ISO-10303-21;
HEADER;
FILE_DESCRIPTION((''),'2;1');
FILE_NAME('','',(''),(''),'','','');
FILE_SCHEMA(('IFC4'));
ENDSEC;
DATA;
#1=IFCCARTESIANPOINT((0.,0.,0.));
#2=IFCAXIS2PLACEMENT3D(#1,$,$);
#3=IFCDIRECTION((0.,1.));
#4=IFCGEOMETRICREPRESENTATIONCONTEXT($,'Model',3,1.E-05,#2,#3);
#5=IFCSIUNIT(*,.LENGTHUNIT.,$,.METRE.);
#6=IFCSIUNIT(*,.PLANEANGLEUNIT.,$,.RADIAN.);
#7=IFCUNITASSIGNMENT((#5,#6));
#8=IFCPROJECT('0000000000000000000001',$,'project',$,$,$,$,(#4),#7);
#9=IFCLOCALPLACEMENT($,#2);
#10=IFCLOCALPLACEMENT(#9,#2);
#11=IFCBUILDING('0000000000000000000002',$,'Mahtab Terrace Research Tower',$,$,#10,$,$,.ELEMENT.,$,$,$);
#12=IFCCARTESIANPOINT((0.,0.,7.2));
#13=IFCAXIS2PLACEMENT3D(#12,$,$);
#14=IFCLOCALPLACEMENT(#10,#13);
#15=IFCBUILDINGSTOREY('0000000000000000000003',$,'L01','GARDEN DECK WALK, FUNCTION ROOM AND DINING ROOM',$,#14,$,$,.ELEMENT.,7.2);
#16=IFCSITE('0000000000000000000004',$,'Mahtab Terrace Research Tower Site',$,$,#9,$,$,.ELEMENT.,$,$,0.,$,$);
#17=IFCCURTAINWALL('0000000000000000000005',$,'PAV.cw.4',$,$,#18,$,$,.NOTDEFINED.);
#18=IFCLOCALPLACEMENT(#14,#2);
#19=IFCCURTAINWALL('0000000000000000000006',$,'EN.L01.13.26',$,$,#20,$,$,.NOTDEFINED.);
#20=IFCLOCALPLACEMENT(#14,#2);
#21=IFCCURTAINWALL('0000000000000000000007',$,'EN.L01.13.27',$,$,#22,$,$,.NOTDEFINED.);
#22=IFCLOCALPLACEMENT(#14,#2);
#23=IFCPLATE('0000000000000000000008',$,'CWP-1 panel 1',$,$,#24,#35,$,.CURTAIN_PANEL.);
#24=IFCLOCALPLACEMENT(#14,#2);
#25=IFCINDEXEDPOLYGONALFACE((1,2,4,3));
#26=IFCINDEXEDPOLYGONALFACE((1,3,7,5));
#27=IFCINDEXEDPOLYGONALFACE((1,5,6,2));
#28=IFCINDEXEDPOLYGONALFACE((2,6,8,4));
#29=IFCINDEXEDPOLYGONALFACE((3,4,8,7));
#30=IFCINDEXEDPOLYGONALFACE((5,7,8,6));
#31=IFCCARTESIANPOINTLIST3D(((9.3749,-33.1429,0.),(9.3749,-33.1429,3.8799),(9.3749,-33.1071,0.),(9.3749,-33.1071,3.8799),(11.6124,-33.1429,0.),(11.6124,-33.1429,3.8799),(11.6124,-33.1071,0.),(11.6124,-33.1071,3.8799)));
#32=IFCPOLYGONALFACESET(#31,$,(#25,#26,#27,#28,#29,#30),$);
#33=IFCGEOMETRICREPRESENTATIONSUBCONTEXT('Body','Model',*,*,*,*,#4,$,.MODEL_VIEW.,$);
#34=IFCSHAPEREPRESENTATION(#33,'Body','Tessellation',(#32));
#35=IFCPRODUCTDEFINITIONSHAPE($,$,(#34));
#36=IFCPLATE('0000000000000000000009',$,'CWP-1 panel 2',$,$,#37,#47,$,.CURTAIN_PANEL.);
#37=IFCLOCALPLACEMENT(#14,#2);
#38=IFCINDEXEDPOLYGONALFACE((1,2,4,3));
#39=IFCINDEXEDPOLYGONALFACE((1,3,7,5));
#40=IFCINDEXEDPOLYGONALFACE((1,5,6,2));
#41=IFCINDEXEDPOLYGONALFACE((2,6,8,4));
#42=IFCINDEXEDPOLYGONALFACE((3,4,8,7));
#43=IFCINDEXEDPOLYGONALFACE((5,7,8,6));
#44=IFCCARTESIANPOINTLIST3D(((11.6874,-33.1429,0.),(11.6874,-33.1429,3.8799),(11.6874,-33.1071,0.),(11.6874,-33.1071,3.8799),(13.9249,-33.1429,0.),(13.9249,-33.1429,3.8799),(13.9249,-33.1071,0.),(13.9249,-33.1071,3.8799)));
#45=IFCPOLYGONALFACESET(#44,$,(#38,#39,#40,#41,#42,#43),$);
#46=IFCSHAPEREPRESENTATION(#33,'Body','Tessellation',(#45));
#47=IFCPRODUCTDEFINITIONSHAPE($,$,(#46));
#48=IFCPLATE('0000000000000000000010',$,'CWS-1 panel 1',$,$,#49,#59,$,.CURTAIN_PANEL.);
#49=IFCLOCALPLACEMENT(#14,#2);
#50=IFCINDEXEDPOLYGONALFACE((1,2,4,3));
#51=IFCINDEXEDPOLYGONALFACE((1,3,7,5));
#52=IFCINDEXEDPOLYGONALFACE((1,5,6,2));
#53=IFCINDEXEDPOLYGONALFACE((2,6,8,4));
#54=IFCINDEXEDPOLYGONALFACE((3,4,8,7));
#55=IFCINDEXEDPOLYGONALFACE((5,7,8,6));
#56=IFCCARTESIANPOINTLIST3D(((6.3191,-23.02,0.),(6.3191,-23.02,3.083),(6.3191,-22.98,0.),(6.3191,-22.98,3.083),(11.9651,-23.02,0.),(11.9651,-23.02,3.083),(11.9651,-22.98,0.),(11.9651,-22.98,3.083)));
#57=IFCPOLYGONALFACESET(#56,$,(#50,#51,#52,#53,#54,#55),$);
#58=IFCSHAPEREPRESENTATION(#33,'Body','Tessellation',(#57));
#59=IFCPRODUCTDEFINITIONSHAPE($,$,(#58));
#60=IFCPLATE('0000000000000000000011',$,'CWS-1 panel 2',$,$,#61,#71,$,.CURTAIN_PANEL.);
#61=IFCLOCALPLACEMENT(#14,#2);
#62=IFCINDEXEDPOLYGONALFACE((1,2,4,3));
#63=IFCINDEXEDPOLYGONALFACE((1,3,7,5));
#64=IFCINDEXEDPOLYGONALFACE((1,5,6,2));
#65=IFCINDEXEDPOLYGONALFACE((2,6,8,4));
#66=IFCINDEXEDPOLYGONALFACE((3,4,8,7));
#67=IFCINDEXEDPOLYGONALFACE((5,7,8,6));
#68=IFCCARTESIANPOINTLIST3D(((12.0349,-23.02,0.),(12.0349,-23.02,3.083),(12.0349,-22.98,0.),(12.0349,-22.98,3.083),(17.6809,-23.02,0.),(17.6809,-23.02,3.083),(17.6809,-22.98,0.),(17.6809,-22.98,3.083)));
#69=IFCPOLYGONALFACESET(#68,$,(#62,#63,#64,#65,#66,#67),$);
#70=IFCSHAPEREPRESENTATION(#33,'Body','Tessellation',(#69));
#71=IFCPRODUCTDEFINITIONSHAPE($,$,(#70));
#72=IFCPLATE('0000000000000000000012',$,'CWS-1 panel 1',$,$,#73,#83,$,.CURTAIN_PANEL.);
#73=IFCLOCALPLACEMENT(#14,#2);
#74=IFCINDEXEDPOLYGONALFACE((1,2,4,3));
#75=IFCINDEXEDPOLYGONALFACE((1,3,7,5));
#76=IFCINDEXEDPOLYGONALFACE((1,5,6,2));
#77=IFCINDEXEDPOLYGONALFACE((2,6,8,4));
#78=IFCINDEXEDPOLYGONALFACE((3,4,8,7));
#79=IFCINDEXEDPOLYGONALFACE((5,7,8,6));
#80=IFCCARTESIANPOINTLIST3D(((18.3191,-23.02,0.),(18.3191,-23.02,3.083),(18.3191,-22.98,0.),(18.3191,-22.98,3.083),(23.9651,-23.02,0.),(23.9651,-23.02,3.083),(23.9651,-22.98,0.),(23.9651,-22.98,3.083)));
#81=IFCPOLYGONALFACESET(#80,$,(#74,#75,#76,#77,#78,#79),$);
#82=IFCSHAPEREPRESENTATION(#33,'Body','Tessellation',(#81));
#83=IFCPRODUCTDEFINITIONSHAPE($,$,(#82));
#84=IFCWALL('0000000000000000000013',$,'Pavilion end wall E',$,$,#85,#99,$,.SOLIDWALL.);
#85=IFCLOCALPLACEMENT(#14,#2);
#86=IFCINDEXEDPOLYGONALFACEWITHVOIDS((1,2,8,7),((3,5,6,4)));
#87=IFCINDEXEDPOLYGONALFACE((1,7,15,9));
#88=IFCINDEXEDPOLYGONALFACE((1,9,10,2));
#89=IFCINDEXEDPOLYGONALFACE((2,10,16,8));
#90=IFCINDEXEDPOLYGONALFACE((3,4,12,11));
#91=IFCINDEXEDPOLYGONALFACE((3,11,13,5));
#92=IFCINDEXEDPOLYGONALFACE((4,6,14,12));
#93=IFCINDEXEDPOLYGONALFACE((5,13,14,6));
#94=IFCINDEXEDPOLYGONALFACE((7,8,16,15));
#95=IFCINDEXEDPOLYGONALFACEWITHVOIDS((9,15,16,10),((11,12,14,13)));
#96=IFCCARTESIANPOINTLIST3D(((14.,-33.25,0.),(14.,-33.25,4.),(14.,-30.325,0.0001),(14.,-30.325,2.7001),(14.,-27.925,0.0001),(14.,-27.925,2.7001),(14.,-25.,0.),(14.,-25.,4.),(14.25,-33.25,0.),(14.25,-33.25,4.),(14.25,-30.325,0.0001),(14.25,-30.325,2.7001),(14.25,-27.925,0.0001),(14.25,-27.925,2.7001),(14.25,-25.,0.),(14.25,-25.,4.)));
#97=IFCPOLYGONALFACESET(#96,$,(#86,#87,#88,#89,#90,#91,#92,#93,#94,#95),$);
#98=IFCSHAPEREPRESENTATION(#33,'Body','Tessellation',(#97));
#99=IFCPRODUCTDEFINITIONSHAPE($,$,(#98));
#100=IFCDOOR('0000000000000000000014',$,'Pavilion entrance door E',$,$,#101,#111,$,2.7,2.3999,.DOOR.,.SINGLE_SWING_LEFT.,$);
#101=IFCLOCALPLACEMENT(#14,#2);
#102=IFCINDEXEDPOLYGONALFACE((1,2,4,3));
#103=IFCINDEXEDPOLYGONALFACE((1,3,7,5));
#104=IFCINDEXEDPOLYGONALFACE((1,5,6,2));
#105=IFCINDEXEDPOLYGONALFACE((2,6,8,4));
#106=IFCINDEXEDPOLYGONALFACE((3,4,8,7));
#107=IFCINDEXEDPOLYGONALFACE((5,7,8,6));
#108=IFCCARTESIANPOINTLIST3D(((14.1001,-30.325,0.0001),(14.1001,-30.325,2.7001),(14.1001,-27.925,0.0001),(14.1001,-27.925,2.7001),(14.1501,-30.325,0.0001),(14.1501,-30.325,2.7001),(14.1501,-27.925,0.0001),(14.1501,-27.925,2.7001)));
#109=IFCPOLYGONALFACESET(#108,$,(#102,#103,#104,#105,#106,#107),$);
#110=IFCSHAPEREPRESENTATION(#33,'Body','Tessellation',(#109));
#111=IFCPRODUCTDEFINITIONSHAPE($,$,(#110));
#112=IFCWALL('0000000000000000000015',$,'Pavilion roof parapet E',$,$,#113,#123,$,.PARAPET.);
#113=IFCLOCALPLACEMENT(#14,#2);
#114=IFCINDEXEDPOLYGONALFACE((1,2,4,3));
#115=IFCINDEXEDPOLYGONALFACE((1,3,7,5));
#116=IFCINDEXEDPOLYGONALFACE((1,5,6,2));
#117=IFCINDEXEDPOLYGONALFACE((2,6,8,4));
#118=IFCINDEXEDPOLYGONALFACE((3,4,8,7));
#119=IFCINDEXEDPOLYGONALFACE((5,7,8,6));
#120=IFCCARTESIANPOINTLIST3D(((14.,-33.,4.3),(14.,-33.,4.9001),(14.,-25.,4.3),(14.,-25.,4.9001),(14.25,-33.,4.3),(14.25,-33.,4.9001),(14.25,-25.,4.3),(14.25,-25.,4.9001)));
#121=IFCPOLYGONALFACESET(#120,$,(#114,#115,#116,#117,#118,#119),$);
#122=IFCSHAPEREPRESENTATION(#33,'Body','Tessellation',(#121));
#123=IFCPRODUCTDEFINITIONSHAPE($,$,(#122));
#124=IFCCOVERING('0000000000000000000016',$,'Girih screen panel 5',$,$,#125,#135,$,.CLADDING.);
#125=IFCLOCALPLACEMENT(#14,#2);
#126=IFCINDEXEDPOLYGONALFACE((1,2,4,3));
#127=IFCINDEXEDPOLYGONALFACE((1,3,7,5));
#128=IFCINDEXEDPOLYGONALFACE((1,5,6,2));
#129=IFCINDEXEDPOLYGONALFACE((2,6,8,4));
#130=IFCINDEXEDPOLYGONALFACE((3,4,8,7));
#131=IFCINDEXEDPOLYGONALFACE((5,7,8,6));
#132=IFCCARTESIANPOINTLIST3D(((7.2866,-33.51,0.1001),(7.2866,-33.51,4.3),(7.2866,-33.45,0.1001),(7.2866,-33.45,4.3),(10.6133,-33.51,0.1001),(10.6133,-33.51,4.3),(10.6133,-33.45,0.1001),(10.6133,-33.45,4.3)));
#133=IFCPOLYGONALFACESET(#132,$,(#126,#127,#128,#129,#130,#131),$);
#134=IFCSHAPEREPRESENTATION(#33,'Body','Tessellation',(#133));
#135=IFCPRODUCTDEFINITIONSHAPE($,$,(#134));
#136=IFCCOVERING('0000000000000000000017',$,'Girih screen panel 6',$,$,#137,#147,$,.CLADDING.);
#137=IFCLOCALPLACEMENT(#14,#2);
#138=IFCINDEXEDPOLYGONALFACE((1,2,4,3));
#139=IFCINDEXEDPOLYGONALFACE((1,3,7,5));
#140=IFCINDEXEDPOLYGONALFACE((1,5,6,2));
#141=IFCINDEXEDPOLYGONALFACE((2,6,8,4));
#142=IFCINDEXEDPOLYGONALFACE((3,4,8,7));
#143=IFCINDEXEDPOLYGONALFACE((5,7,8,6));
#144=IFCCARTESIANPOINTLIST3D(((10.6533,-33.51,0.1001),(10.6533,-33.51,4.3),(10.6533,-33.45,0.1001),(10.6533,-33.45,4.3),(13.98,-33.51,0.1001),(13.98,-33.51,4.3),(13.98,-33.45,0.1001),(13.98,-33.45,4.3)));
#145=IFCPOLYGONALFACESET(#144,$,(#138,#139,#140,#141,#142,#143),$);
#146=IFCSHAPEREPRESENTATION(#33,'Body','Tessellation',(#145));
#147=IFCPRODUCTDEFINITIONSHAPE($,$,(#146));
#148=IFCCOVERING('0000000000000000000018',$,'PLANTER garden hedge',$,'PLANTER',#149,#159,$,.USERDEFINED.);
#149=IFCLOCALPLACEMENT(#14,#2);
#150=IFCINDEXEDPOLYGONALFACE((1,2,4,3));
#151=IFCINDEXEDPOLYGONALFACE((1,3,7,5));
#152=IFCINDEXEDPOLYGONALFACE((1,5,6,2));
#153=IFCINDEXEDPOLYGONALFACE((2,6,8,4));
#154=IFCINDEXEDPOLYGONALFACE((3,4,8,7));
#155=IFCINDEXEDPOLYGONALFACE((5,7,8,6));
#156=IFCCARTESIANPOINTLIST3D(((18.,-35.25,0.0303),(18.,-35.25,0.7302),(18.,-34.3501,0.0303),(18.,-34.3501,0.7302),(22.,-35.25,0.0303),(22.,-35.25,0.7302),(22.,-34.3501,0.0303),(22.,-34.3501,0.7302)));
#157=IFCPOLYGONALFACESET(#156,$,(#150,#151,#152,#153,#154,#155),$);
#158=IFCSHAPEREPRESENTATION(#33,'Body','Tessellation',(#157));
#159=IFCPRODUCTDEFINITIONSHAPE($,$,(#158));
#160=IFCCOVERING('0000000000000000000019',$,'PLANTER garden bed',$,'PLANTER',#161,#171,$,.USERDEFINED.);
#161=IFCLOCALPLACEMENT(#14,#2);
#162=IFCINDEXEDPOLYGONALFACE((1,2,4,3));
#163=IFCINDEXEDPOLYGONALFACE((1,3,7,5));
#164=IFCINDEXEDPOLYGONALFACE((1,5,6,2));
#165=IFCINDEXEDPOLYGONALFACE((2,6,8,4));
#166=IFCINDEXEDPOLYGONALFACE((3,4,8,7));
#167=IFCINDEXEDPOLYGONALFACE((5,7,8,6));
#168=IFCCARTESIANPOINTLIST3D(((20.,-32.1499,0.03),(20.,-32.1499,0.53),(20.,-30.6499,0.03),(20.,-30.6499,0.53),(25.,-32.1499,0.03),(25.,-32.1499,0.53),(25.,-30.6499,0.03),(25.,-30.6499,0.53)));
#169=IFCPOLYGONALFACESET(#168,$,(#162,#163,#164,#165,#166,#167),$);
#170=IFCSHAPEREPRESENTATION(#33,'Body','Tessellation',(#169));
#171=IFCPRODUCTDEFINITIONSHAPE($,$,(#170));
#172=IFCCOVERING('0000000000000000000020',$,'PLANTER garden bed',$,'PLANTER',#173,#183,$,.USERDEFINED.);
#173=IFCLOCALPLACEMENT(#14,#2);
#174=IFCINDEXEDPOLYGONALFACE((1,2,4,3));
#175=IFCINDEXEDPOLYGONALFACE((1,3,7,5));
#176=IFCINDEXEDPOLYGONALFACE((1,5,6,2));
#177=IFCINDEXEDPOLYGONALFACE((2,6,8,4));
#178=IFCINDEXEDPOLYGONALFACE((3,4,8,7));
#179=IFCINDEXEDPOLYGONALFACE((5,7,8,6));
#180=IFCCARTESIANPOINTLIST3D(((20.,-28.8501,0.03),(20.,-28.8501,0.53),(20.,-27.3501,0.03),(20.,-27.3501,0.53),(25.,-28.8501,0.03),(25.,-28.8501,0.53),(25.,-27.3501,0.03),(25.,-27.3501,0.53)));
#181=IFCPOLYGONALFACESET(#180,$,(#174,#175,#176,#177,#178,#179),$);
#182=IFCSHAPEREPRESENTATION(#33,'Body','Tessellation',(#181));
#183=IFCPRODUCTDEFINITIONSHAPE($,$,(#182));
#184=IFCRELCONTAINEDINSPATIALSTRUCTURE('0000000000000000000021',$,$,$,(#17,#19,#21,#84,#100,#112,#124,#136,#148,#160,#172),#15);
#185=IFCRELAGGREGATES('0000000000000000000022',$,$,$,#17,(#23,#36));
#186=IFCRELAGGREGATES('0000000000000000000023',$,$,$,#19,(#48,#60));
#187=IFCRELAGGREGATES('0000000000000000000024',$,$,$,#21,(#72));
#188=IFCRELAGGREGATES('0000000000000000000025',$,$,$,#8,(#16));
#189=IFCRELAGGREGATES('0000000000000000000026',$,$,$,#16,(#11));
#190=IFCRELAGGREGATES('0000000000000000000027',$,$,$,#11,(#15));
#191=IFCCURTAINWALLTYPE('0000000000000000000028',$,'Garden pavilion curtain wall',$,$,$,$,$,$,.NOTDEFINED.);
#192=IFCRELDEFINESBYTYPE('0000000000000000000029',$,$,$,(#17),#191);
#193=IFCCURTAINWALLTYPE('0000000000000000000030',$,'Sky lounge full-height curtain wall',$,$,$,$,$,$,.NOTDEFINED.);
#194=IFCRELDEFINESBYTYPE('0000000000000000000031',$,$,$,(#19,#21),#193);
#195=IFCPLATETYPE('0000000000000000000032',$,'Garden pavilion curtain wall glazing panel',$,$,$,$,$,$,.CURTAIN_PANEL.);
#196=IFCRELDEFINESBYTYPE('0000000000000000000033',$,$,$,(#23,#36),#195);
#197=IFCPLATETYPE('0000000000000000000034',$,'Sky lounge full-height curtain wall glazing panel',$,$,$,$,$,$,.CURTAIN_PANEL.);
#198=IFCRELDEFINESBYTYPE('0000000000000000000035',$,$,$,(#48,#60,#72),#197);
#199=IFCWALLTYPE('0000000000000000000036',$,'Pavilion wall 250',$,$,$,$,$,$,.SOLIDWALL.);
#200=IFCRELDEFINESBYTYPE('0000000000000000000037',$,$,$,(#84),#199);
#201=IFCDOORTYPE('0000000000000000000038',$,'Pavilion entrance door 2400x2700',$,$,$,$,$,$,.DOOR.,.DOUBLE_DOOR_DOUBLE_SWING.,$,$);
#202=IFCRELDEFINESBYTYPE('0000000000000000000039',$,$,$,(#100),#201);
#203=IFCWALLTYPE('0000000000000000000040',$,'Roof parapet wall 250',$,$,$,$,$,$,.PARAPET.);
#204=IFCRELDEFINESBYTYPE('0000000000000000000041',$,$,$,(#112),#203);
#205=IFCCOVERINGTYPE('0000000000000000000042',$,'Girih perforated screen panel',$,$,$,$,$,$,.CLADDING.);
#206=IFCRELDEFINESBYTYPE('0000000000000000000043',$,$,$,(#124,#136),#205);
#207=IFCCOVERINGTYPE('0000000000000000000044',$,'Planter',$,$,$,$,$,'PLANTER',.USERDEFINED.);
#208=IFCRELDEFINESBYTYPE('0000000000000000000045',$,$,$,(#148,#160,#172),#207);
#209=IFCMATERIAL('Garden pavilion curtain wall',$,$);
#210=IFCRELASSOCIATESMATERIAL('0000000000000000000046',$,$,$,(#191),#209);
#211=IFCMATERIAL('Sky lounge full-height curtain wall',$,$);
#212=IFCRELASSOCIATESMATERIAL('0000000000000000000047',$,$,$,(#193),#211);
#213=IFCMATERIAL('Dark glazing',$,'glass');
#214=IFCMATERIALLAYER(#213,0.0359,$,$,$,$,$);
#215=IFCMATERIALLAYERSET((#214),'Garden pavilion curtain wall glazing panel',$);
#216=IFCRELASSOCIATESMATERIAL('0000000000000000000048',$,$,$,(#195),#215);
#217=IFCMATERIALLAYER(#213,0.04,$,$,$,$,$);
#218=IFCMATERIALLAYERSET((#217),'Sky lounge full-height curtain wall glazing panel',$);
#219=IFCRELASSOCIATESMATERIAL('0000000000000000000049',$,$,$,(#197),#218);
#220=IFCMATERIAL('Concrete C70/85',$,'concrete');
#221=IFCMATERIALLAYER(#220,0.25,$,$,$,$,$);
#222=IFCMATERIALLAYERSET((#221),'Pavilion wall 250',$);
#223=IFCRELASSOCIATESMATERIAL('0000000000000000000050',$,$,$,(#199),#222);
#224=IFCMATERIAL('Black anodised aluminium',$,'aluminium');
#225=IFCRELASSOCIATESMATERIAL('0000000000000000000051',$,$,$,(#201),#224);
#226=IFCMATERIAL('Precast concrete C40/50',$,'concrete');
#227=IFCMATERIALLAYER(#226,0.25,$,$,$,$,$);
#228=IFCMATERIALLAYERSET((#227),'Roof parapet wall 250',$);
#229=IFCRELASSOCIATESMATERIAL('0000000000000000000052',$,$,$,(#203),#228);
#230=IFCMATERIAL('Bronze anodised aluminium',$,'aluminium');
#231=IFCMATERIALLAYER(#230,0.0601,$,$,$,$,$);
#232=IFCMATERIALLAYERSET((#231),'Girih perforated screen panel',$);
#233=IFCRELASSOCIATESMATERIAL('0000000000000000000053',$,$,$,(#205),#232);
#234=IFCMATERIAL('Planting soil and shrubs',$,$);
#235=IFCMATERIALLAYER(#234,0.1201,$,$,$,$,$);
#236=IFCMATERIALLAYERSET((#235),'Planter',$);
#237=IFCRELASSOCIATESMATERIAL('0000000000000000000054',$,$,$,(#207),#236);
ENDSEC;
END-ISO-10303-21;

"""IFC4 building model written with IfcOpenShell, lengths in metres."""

from ifc_helpers import new_model, si_unit, direction, frame, frame_2d, origin, origin_2d, place, context, subcontext, project, spatial, rectangle, extrude, material, layer, layer_set, type_object, element, fill, aggregate, save


model = new_model("IFC4")

# Units and contexts
model_context = context("Model", 3, precision=1e-05, world=origin(), true_north=direction((0.0, 1.0)))
body_context = subcontext(model_context, "Body", "Model", "MODEL_VIEW")
ifc_project = project(units=[si_unit("LENGTHUNIT", "METRE"), si_unit("PLANEANGLEUNIT", "RADIAN")], contexts=[model_context])

# Site, building, storey
site_placement = place(None, origin())
site = spatial("IfcSite", under=ifc_project, at=site_placement, Name="Mahtab Terrace Research Tower Site", CompositionType="ELEMENT", RefElevation=0.0)
building_placement = place(site_placement, origin())
building = spatial("IfcBuilding", under=site, at=building_placement, Name="Mahtab Terrace Research Tower", CompositionType="ELEMENT")
storey_placement = place(building_placement, frame((0.0, 0.0, 7.2)))
storey = spatial("IfcBuildingStorey", under=building, at=storey_placement, Name="L01", Description="GARDEN DECK WALK, FUNCTION ROOM AND DINING ROOM", CompositionType="ELEMENT", Elevation=7.2)

# Curtain walls
ifc_material_1 = material(Name="Garden pavilion curtain wall")
curtain_wall_type_1 = type_object("IfcCurtainWallType", Name="Garden pavilion curtain wall", PredefinedType="NOTDEFINED", material=ifc_material_1)
curtain_wall_1_placement = place(storey_placement, origin())
curtain_wall_1 = element("IfcCurtainWall", 1, at=curtain_wall_1_placement, inside=storey, type_object=curtain_wall_type_1, Name="PAV.cw.4", PredefinedType="NOTDEFINED")
ifc_material_2 = material(Name="Sky lounge full-height curtain wall")
curtain_wall_type_2 = type_object("IfcCurtainWallType", Name="Sky lounge full-height curtain wall", PredefinedType="NOTDEFINED", material=ifc_material_2)
curtain_wall_2_placement = place(storey_placement, origin())
curtain_wall_2 = element("IfcCurtainWall", 2, at=curtain_wall_2_placement, inside=storey, type_object=curtain_wall_type_2, Name="EN.L01.13.26", PredefinedType="NOTDEFINED")

# Curtain wall
curtain_wall_3_placement = place(storey_placement, origin())
curtain_wall_3 = element("IfcCurtainWall", 3, at=curtain_wall_3_placement, inside=storey, type_object=curtain_wall_type_2, Name="EN.L01.13.27", PredefinedType="NOTDEFINED")

# Plates
ifc_material_3 = material(Name="Dark glazing", Category="glass")
ifc_layer_1 = layer(ifc_material_3, 0.0359)
ifc_layer_set_1 = layer_set([ifc_layer_1], Name="Garden pavilion curtain wall glazing panel")
plate_type_1 = type_object("IfcPlateType", Name="Garden pavilion curtain wall glazing panel", PredefinedType="CURTAIN_PANEL", material=ifc_layer_set_1)
plate_1_placement = place(storey_placement, frame((10.4937, -33.125, 0.0), z_axis=(0.0, 0.0, 1.0), x_axis=(1.0, 0.0, 0.0)))
plate_1 = element("IfcPlate", 4, at=plate_1_placement, type_object=plate_type_1, Name="CWP-1 panel 1", PredefinedType="CURTAIN_PANEL", context=body_context, shape_type="SweptSolid", body=[
    extrude(rectangle(XDim=2.2375, YDim=0.0359, at=origin_2d()), origin(), (0.0, 0.0, 1.0), 3.8799),
])
plate_2_placement = place(storey_placement, frame((12.8062, -33.125, 0.0), z_axis=(0.0, 0.0, 1.0), x_axis=(1.0, 0.0, 0.0)))
plate_2 = element("IfcPlate", 5, at=plate_2_placement, type_object=plate_type_1, Name="CWP-1 panel 2", PredefinedType="CURTAIN_PANEL", context=body_context, shape_type="SweptSolid", body=[
    extrude(rectangle(XDim=2.2375, YDim=0.0359, at=origin_2d()), origin(), (0.0, 0.0, 1.0), 3.8799),
])
aggregate(curtain_wall_1, [plate_1, plate_2])
ifc_layer_2 = layer(ifc_material_3, 0.04)
ifc_layer_set_2 = layer_set([ifc_layer_2], Name="Sky lounge full-height curtain wall glazing panel")
plate_type_2 = type_object("IfcPlateType", Name="Sky lounge full-height curtain wall glazing panel", PredefinedType="CURTAIN_PANEL", material=ifc_layer_set_2)
plate_3_placement = place(storey_placement, frame((9.1421, -23.0, 0.0), z_axis=(0.0, 0.0, 1.0), x_axis=(1.0, 0.0, 0.0)))
plate_3 = element("IfcPlate", 6, at=plate_3_placement, type_object=plate_type_2, Name="CWS-1 panel 1", PredefinedType="CURTAIN_PANEL", context=body_context, shape_type="SweptSolid", body=[
    extrude(rectangle(XDim=5.646, YDim=0.04, at=origin_2d()), origin(), (0.0, 0.0, 1.0), 3.083),
])
plate_4_placement = place(storey_placement, frame((14.8579, -23.0, 0.0), z_axis=(0.0, 0.0, 1.0), x_axis=(1.0, 0.0, 0.0)))
plate_4 = element("IfcPlate", 7, at=plate_4_placement, type_object=plate_type_2, Name="CWS-1 panel 2", PredefinedType="CURTAIN_PANEL", context=body_context, shape_type="SweptSolid", body=[
    extrude(rectangle(XDim=5.646, YDim=0.04, at=origin_2d()), origin(), (0.0, 0.0, 1.0), 3.083),
])
aggregate(curtain_wall_2, [plate_3, plate_4])
plate_5_placement = place(storey_placement, frame((21.1421, -23.0, 0.0), z_axis=(0.0, 0.0, 1.0), x_axis=(1.0, 0.0, 0.0)))
plate_5 = element("IfcPlate", 8, at=plate_5_placement, type_object=plate_type_2, Name="CWS-1 panel 1", PredefinedType="CURTAIN_PANEL", context=body_context, shape_type="SweptSolid", body=[
    extrude(rectangle(XDim=5.646, YDim=0.04, at=origin_2d()), origin(), (0.0, 0.0, 1.0), 3.083),
])
aggregate(curtain_wall_3, [plate_5])

# Wall, opening, door
ifc_material_4 = material(Name="Concrete C70/85", Category="concrete")
ifc_layer_3 = layer(ifc_material_4, 0.25)
ifc_layer_set_3 = layer_set([ifc_layer_3], Name="Pavilion wall 250")
wall_type_1 = type_object("IfcWallType", Name="Pavilion wall 250", PredefinedType="SOLIDWALL", material=ifc_layer_set_3)
wall_1_placement = place(storey_placement, frame((14.125, -33.25, 0.0), z_axis=(0.0, 0.0, 1.0), x_axis=(0.0, 1.0, 0.0)))
wall_1 = element("IfcWall", 9, at=wall_1_placement, inside=storey, type_object=wall_type_1, Name="Pavilion end wall E", PredefinedType="SOLIDWALL", context=body_context, shape_type="SweptSolid", body=[
    extrude(rectangle(XDim=8.25, YDim=0.25, at=frame_2d((4.125, 0.0))), origin(), (0.0, 0.0, 1.0), 4.0),
])
opening_placement = place(wall_1_placement, frame((2.925, 0.0, 0.0)))
opening = element("IfcOpeningElement", 10, at=opening_placement, cuts=wall_1, PredefinedType="OPENING", context=body_context, shape_type="SweptSolid", body=[
    extrude(rectangle(XDim=2.3999, YDim=2.7, at=frame_2d((1.2, 1.3501))), frame((0.0, 0.135, 0.0), z_axis=(0.0, -1.0, 0.0), x_axis=(1.0, 0.0, 0.0)), (0.0, 0.0, 1.0), 0.27),
])
ifc_material_5 = material(Name="Black anodised aluminium", Category="aluminium")
door_type = type_object("IfcDoorType", Name="Pavilion entrance door 2400x2700", OperationType="DOUBLE_DOOR_DOUBLE_SWING", PredefinedType="DOOR", material=ifc_material_5)
door_placement = place(opening_placement, origin())
door = element("IfcDoor", 11, at=door_placement, inside=storey, type_object=door_type, Name="Pavilion entrance door E", OperationType="SINGLE_SWING_LEFT", OverallHeight=2.7, OverallWidth=2.3999, PredefinedType="DOOR", context=body_context, shape_type="SweptSolid", body=[
    extrude(rectangle(XDim=2.3999, YDim=2.7, at=frame_2d((1.2, 1.3501))), frame((0.0, 0.0249, 0.0), z_axis=(0.0, -1.0, 0.0), x_axis=(1.0, 0.0, 0.0)), (0.0, 0.0, 1.0), 0.05),
])
fill(opening, door)

# Wall
ifc_material_6 = material(Name="Precast concrete C40/50", Category="concrete")
ifc_layer_4 = layer(ifc_material_6, 0.25)
ifc_layer_set_4 = layer_set([ifc_layer_4], Name="Roof parapet wall 250")
wall_type_2 = type_object("IfcWallType", Name="Roof parapet wall 250", PredefinedType="PARAPET", material=ifc_layer_set_4)
wall_2_placement = place(storey_placement, frame((14.125, -33.0, 4.3), z_axis=(0.0, 0.0, 1.0), x_axis=(0.0, 1.0, 0.0)))
element("IfcWall", 12, at=wall_2_placement, inside=storey, type_object=wall_type_2, Name="Pavilion roof parapet E", PredefinedType="PARAPET", context=body_context, shape_type="SweptSolid", body=[
    extrude(rectangle(XDim=8.0, YDim=0.25, at=frame_2d((4.0, 0.0))), origin(), (0.0, 0.0, 1.0), 0.6001),
])

# Coverings
ifc_material_7 = material(Name="Bronze anodised aluminium", Category="aluminium")
ifc_layer_5 = layer(ifc_material_7, 0.0601)
ifc_layer_set_5 = layer_set([ifc_layer_5], Name="Girih perforated screen panel")
covering_type_1 = type_object("IfcCoveringType", Name="Girih perforated screen panel", PredefinedType="CLADDING", material=ifc_layer_set_5)
for number, where, z_axis, x_axis, name in (
    (13, (8.95, -33.48, 0.1001), (0.0, 0.0, 1.0), (1.0, 0.0, 0.0), "Girih screen panel 5"),
    (14, (12.3167, -33.48, 0.1001), (0.0, 0.0, 1.0), (1.0, 0.0, 0.0), "Girih screen panel 6"),
):
    element("IfcCovering", number, at=place(storey_placement, frame(where, z_axis=z_axis, x_axis=x_axis)), inside=storey, type_object=covering_type_1, Name=name, PredefinedType="CLADDING", context=body_context, shape_type="SweptSolid", body=[
        extrude(rectangle(XDim=3.3267, YDim=0.0601, at=origin_2d()), origin(), (0.0, 0.0, 1.0), 4.2),
    ])
ifc_material_8 = material(Name="Planting soil and shrubs")
ifc_layer_6 = layer(ifc_material_8, 0.1201)
ifc_layer_set_6 = layer_set([ifc_layer_6], Name="Planter")
covering_type_2 = type_object("IfcCoveringType", Name="Planter", ElementType="PLANTER", PredefinedType="USERDEFINED", material=ifc_layer_set_6)
covering_1_placement = place(storey_placement, frame((20.0, -34.8, 0.0303), z_axis=(0.0, 0.0, 1.0), x_axis=(1.0, 0.0, 0.0)))
element("IfcCovering", 15, at=covering_1_placement, inside=storey, type_object=covering_type_2, Name="PLANTER garden hedge", ObjectType="PLANTER", PredefinedType="USERDEFINED", context=body_context, shape_type="SweptSolid", body=[
    extrude(rectangle(XDim=4.0, YDim=0.8999, at=origin_2d()), origin(), (0.0, 0.0, 1.0), 0.7),
])
for number, where, z_axis, x_axis, name in (
    (16, (22.5, -31.3999, 0.03), (0.0, 0.0, 1.0), (1.0, 0.0, 0.0), "PLANTER garden bed"),
    (17, (22.5, -28.1001, 0.03), (0.0, 0.0, 1.0), (1.0, 0.0, 0.0), "PLANTER garden bed"),
):
    element("IfcCovering", number, at=place(storey_placement, frame(where, z_axis=z_axis, x_axis=x_axis)), inside=storey, type_object=covering_type_2, Name=name, ObjectType="PLANTER", PredefinedType="USERDEFINED", context=body_context, shape_type="SweptSolid", body=[
        extrude(rectangle(XDim=5.0, YDim=1.5, at=origin_2d()), origin(), (0.0, 0.0, 1.0), 0.5),
    ])

save(model, "model.ifc")
